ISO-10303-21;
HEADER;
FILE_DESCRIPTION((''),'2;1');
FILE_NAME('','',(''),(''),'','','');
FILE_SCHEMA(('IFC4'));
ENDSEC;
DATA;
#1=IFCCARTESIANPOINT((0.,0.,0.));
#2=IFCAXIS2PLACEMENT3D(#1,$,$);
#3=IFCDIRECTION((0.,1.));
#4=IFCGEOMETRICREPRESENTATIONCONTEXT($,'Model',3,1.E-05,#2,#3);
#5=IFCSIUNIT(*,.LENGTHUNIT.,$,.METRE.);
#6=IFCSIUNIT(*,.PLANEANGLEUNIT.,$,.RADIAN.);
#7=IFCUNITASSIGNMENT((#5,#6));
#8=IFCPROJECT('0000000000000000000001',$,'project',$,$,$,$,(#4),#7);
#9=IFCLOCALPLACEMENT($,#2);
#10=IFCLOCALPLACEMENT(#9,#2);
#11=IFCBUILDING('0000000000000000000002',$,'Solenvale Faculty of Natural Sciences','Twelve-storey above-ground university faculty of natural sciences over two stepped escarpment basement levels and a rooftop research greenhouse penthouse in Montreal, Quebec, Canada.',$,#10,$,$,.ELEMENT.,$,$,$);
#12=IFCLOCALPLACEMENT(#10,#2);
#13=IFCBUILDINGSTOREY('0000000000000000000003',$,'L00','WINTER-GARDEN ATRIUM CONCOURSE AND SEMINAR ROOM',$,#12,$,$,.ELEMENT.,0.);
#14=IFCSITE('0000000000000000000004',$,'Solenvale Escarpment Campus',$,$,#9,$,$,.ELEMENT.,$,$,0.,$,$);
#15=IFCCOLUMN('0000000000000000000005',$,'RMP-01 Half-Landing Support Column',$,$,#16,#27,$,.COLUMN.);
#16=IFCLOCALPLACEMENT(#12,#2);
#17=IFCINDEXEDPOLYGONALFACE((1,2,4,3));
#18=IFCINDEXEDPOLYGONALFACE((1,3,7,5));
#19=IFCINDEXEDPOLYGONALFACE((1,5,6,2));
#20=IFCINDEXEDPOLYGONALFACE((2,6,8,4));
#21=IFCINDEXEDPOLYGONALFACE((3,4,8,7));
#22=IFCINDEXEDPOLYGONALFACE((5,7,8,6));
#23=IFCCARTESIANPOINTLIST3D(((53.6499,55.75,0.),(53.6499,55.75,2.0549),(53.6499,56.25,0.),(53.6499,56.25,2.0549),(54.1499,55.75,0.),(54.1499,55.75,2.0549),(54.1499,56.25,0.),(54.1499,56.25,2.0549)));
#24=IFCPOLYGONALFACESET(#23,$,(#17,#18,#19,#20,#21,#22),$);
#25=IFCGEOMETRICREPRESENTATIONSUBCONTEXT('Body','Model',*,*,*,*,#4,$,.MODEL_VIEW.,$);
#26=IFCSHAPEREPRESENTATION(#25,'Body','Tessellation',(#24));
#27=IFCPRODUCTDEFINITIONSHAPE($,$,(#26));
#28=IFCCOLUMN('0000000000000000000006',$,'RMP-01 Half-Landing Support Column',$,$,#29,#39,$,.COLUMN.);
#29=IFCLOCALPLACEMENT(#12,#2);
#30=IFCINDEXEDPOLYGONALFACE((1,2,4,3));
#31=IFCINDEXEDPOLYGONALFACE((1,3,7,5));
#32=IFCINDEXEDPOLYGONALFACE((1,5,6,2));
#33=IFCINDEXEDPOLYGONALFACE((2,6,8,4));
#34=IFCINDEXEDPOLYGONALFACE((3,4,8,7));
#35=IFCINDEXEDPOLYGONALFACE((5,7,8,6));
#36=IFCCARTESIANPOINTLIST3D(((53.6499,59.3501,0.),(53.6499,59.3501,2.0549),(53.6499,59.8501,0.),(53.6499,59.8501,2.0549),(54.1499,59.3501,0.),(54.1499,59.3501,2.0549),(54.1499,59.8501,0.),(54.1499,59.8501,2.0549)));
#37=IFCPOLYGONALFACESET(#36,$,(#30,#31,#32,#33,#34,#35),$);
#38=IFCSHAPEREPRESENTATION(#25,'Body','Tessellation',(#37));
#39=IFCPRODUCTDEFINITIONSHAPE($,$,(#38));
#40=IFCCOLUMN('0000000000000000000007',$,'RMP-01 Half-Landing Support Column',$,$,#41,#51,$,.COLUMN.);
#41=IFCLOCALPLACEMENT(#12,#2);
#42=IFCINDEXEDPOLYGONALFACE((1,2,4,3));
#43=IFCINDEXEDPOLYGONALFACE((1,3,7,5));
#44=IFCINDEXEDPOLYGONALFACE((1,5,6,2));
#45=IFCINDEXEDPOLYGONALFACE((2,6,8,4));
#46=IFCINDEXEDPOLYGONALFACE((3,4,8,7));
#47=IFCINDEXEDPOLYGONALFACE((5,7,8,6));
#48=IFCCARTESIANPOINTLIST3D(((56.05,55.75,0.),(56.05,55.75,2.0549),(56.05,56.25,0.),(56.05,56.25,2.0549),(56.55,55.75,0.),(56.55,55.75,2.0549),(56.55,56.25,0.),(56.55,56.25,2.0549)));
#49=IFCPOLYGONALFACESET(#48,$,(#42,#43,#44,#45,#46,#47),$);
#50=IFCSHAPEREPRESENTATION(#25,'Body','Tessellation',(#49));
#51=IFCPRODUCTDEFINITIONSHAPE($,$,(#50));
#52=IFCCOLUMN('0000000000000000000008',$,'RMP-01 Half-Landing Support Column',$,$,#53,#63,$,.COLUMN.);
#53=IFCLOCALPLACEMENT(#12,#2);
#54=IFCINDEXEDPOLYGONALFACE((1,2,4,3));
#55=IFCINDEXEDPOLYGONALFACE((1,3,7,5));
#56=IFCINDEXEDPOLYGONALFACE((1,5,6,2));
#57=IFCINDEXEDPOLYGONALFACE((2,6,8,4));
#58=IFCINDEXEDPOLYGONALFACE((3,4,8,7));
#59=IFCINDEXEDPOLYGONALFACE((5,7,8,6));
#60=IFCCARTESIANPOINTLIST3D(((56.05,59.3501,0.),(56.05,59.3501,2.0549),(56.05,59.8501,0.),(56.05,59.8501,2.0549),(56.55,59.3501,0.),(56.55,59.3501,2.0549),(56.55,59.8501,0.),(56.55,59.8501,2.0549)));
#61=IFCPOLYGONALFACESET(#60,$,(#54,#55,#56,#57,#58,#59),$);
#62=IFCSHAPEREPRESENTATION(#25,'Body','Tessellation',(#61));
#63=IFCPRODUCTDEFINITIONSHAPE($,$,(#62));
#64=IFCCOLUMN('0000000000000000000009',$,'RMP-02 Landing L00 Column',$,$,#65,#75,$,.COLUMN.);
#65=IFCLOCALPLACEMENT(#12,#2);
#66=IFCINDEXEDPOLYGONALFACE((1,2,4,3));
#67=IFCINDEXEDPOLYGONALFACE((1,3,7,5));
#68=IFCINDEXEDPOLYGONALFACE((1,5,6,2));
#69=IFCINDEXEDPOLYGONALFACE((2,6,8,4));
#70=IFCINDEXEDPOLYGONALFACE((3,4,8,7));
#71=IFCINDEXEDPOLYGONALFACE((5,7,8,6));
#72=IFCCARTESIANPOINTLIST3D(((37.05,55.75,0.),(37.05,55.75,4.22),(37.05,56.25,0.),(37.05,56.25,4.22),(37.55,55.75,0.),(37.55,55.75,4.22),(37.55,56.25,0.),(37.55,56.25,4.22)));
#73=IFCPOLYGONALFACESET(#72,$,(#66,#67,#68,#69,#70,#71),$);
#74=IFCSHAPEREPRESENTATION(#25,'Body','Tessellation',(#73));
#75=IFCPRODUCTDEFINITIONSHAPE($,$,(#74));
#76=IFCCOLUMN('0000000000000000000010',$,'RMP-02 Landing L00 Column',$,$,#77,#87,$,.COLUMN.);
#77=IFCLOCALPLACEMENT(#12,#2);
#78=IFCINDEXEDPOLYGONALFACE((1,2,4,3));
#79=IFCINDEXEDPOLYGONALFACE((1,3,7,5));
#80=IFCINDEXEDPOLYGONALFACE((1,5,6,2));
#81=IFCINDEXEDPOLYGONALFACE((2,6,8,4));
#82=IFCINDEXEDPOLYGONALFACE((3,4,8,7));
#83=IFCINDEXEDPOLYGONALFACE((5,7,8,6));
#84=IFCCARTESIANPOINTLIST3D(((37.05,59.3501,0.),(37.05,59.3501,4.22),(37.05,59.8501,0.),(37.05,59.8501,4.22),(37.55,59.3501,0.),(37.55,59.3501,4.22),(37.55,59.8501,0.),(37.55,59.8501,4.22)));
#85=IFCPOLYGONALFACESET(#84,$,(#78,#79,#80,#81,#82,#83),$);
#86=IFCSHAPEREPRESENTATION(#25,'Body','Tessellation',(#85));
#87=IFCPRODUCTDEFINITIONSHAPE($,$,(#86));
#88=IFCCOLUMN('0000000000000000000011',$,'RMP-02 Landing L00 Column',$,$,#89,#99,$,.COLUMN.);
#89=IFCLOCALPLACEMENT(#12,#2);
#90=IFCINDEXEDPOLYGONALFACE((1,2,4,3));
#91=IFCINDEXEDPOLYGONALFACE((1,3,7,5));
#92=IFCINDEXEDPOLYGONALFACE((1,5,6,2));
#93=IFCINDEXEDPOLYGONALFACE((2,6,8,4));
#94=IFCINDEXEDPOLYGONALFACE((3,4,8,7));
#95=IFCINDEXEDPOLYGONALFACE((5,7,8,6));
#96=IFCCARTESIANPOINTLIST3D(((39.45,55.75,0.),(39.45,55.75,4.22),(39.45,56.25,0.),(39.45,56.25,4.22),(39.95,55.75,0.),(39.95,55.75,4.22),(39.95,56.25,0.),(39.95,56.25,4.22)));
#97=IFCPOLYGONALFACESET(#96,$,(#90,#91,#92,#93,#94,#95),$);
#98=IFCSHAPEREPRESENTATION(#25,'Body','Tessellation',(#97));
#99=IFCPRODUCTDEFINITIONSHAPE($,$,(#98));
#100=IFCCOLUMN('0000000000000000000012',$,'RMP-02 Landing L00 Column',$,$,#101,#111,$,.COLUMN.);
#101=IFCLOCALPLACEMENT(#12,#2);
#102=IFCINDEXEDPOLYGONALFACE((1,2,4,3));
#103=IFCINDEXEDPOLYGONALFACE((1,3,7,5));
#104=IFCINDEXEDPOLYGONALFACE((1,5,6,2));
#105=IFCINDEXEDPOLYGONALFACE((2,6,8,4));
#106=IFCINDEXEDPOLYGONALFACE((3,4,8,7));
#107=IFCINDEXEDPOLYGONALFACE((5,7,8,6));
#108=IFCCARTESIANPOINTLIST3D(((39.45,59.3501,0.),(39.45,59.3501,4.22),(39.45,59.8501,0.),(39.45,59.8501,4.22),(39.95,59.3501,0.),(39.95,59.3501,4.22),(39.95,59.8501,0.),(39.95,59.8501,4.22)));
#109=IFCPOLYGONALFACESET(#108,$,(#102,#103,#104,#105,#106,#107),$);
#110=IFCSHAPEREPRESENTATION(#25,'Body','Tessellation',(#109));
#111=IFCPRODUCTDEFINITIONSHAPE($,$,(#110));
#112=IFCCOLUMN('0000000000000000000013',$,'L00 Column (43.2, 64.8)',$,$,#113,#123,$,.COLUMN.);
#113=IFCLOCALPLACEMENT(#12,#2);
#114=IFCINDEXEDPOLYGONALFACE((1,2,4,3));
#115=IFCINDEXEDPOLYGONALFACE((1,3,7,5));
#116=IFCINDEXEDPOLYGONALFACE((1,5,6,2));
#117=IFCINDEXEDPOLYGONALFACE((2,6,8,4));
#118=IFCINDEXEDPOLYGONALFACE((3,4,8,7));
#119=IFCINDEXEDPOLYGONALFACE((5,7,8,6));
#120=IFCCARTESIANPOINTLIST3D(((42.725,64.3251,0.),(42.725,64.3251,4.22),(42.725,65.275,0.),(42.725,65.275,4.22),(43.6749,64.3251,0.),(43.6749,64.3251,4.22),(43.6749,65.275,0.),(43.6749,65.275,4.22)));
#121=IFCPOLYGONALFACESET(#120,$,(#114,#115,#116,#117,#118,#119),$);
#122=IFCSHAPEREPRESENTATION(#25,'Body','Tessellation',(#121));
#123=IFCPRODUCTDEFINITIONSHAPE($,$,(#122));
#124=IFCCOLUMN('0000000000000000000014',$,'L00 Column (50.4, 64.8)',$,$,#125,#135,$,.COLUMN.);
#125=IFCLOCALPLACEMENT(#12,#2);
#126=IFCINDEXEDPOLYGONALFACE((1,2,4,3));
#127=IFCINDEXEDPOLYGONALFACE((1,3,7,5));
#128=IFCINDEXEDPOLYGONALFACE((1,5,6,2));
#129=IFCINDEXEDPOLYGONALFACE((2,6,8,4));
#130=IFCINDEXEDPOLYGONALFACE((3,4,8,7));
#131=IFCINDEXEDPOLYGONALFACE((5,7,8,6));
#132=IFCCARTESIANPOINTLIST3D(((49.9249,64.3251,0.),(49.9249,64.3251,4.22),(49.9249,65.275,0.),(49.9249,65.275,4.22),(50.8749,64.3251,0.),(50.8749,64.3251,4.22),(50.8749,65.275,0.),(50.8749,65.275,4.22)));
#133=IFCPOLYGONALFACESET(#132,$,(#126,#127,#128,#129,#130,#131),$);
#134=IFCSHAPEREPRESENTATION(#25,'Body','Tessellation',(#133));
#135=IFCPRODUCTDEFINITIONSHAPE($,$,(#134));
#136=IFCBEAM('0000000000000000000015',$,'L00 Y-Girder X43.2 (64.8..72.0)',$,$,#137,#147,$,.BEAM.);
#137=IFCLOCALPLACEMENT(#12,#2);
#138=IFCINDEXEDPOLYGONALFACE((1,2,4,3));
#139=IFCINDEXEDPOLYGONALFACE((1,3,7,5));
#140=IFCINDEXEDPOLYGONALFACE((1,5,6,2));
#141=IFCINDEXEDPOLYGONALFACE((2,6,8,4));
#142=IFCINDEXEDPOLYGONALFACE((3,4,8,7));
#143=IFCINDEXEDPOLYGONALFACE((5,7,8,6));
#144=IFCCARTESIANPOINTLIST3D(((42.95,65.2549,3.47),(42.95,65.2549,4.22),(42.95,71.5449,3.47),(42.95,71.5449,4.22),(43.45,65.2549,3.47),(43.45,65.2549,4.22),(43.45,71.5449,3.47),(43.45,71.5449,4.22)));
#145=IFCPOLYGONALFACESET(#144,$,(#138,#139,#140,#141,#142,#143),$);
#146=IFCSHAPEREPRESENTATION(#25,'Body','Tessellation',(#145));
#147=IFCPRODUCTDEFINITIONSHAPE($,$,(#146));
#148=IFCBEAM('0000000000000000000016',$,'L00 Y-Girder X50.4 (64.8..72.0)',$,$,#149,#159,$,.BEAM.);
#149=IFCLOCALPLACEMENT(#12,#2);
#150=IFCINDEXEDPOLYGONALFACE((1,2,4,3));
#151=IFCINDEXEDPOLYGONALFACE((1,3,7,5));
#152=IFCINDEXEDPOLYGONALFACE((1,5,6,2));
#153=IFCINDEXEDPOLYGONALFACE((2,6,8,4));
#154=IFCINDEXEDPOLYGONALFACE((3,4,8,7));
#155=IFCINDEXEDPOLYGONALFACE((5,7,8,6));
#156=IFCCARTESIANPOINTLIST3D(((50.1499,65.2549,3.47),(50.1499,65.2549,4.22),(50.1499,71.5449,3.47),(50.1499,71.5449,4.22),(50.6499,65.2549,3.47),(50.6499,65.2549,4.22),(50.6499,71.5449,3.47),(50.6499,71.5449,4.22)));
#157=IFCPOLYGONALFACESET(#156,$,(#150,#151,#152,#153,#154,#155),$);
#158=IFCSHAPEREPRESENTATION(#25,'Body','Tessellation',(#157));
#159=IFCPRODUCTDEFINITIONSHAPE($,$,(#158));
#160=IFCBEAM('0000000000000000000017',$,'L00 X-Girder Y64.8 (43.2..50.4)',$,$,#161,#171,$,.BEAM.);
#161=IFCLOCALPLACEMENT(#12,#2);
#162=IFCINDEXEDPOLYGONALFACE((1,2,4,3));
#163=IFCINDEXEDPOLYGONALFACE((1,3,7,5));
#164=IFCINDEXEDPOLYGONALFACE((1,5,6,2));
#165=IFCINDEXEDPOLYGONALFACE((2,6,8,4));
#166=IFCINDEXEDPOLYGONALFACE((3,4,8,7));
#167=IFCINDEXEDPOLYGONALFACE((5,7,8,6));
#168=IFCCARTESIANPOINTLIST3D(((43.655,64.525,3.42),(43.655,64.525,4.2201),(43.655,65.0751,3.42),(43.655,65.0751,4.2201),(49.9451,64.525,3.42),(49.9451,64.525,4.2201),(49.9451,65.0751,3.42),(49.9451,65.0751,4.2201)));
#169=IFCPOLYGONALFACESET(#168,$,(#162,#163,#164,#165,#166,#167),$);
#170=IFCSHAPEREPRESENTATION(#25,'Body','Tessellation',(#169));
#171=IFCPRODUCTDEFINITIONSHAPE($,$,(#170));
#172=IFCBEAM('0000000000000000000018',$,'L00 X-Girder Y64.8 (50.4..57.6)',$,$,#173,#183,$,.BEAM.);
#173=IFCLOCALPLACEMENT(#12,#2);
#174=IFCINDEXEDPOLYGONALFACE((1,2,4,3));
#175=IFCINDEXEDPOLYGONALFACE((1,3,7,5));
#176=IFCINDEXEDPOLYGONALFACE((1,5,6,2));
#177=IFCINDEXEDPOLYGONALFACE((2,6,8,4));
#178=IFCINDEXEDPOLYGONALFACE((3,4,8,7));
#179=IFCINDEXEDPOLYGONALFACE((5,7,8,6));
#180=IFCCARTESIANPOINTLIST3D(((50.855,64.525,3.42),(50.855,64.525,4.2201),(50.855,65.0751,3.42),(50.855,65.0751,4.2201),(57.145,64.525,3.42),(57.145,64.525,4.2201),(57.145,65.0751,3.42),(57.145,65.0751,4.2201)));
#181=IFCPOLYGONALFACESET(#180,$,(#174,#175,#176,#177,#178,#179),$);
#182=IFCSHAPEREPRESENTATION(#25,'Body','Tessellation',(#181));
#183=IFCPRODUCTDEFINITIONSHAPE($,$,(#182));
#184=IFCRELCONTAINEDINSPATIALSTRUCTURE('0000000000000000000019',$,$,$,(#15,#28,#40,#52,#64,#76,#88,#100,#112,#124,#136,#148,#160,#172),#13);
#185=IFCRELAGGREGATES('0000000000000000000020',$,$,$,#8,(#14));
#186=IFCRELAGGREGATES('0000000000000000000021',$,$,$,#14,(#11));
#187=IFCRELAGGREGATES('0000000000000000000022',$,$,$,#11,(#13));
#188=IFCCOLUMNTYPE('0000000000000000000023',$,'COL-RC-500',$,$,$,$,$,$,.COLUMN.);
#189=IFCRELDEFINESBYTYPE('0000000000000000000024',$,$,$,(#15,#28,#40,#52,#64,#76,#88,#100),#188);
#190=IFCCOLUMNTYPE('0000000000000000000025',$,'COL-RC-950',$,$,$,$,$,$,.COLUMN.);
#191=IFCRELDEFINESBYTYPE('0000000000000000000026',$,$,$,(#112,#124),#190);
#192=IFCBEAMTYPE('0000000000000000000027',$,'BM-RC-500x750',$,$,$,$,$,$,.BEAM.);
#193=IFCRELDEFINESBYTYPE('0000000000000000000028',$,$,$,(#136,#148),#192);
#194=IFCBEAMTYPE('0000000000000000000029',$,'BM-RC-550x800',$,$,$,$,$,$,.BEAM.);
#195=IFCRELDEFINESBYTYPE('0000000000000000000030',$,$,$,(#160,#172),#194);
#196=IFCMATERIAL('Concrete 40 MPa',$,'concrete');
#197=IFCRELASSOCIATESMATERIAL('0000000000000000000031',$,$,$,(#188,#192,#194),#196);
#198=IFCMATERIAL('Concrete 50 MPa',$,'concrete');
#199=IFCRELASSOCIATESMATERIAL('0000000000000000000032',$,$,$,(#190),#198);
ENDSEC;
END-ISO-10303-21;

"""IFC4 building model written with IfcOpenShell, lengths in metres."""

from ifc_helpers import new_model, si_unit, direction, frame, origin, origin_2d, place, context, subcontext, project, spatial, rectangle, extrude, material, material_profile, profile_set, type_object, element, save


model = new_model("IFC4")

# Units and contexts
model_context = context("Model", 3, precision=1e-05, world=origin(), true_north=direction((0.0, 1.0)))
body_context = subcontext(model_context, "Body", "Model", "MODEL_VIEW")
ifc_project = project(units=[si_unit("LENGTHUNIT", "METRE"), si_unit("PLANEANGLEUNIT", "RADIAN")], contexts=[model_context])

# Site, building, storey
site_placement = place(None, origin())
site = spatial("IfcSite", under=ifc_project, at=site_placement, Name="Solenvale Escarpment Campus", CompositionType="ELEMENT", RefElevation=0.0)
building_placement = place(site_placement, origin())
building = spatial("IfcBuilding", under=site, at=building_placement, Name="Solenvale Faculty of Natural Sciences", Description="Twelve-storey above-ground university faculty of natural sciences over two stepped escarpment basement levels and a rooftop research greenhouse penthouse in Montreal, Quebec, Canada.", CompositionType="ELEMENT")
storey_placement = place(building_placement, origin())
storey = spatial("IfcBuildingStorey", under=building, at=storey_placement, Name="L00", Description="WINTER-GARDEN ATRIUM CONCOURSE AND SEMINAR ROOM", CompositionType="ELEMENT", Elevation=0.0)

# Columns
ifc_material_1 = material(Name="Concrete 40 MPa", Category="concrete")
ifc_material_profile_1 = material_profile(ifc_material_1, rectangle(XDim=0.5, YDim=0.5, at=origin_2d()), Name="RC-COL-500x500")
ifc_profile_set_1 = profile_set([ifc_material_profile_1], Name="Concrete 40 MPa")
column_type_1 = type_object("IfcColumnType", Name="COL-RC-500", PredefinedType="COLUMN", material=ifc_profile_set_1)
for number, where, z_axis, x_axis, name in (
    (1, (53.8999, 56.0, 0.0), (0.0, 0.0, 1.0), (1.0, 0.0, 0.0), "RMP-01 Half-Landing Support Column"),
    (2, (53.8999, 59.6001, 0.0), (0.0, 0.0, 1.0), (1.0, 0.0, 0.0), "RMP-01 Half-Landing Support Column"),
    (3, (56.3, 56.0, 0.0), (0.0, 0.0, 1.0), (1.0, 0.0, 0.0), "RMP-01 Half-Landing Support Column"),
    (4, (56.3, 59.6001, 0.0), (0.0, 0.0, 1.0), (1.0, 0.0, 0.0), "RMP-01 Half-Landing Support Column"),
):
    element("IfcColumn", number, at=place(storey_placement, frame(where, z_axis=z_axis, x_axis=x_axis)), inside=storey, type_object=column_type_1, Name=name, PredefinedType="COLUMN", context=body_context, shape_type="SweptSolid", body=[
        extrude(rectangle(XDim=0.5, YDim=0.5, at=origin_2d()), origin(), (0.0, 0.0, 1.0), 2.0549),
    ])
for number, where, z_axis, x_axis, name in (
    (5, (37.3, 56.0, 0.0), (0.0, 0.0, 1.0), (1.0, 0.0, 0.0), "RMP-02 Landing L00 Column"),
    (6, (37.3, 59.6001, 0.0), (0.0, 0.0, 1.0), (1.0, 0.0, 0.0), "RMP-02 Landing L00 Column"),
    (7, (39.7, 56.0, 0.0), (0.0, 0.0, 1.0), (1.0, 0.0, 0.0), "RMP-02 Landing L00 Column"),
    (8, (39.7, 59.6001, 0.0), (0.0, 0.0, 1.0), (1.0, 0.0, 0.0), "RMP-02 Landing L00 Column"),
):
    element("IfcColumn", number, at=place(storey_placement, frame(where, z_axis=z_axis, x_axis=x_axis)), inside=storey, type_object=column_type_1, Name=name, PredefinedType="COLUMN", context=body_context, shape_type="SweptSolid", body=[
        extrude(rectangle(XDim=0.5, YDim=0.5, at=origin_2d()), origin(), (0.0, 0.0, 1.0), 4.22),
    ])
ifc_material_2 = material(Name="Concrete 50 MPa", Category="concrete")
ifc_material_profile_2 = material_profile(ifc_material_2, rectangle(XDim=0.95, YDim=0.95, at=origin_2d()), Name="RC-COL-950x950")
ifc_profile_set_2 = profile_set([ifc_material_profile_2], Name="Concrete 50 MPa")
column_type_2 = type_object("IfcColumnType", Name="COL-RC-950", PredefinedType="COLUMN", material=ifc_profile_set_2)
for number, where, z_axis, x_axis, name in (
    (9, (43.2, 64.8, 0.0), (0.0, 0.0, 1.0), (1.0, 0.0, 0.0), "L00 Column (43.2, 64.8)"),
    (10, (50.3999, 64.8, 0.0), (0.0, 0.0, 1.0), (1.0, 0.0, 0.0), "L00 Column (50.4, 64.8)"),
):
    element("IfcColumn", number, at=place(storey_placement, frame(where, z_axis=z_axis, x_axis=x_axis)), inside=storey, type_object=column_type_2, Name=name, PredefinedType="COLUMN", context=body_context, shape_type="SweptSolid", body=[
        extrude(rectangle(XDim=0.95, YDim=0.95, at=origin_2d()), origin(), (0.0, 0.0, 1.0), 4.22),
    ])

# Beams
ifc_material_profile_3 = material_profile(ifc_material_1, rectangle(XDim=0.5, YDim=0.75, at=origin_2d()), Name="RC-BM-500x750")
ifc_profile_set_3 = profile_set([ifc_material_profile_3], Name="Concrete 40 MPa")
beam_type_1 = type_object("IfcBeamType", Name="BM-RC-500x750", PredefinedType="BEAM", material=ifc_profile_set_3)
for number, where, z_axis, x_axis, name in (
    (11, (43.2, 65.2549, 3.845), (0.0, 1.0, 0.0), (-1.0, 0.0, 0.0), "L00 Y-Girder X43.2 (64.8..72.0)"),
    (12, (50.3999, 65.2549, 3.845), (0.0, 1.0, 0.0), (-1.0, 0.0, 0.0), "L00 Y-Girder X50.4 (64.8..72.0)"),
):
    element("IfcBeam", number, at=place(storey_placement, frame(where, z_axis=z_axis, x_axis=x_axis)), inside=storey, type_object=beam_type_1, Name=name, PredefinedType="BEAM", context=body_context, shape_type="SweptSolid", body=[
        extrude(rectangle(XDim=0.5, YDim=0.75, at=origin_2d()), origin(), (0.0, 0.0, 1.0), 6.29),
    ])
ifc_material_profile_4 = material_profile(ifc_material_1, rectangle(XDim=0.55, YDim=0.8, at=origin_2d()), Name="RC-BM-550x800")
ifc_profile_set_4 = profile_set([ifc_material_profile_4], Name="Concrete 40 MPa")
beam_type_2 = type_object("IfcBeamType", Name="BM-RC-550x800", PredefinedType="BEAM", material=ifc_profile_set_4)
for number, where, z_axis, x_axis, name in (
    (13, (43.655, 64.8, 3.8201), (1.0, 0.0, 0.0), (0.0, 1.0, 0.0), "L00 X-Girder Y64.8 (43.2..50.4)"),
    (14, (50.855, 64.8, 3.8201), (1.0, 0.0, 0.0), (0.0, 1.0, 0.0), "L00 X-Girder Y64.8 (50.4..57.6)"),
):
    element("IfcBeam", number, at=place(storey_placement, frame(where, z_axis=z_axis, x_axis=x_axis)), inside=storey, type_object=beam_type_2, Name=name, PredefinedType="BEAM", context=body_context, shape_type="SweptSolid", body=[
        extrude(rectangle(XDim=0.55, YDim=0.8, at=origin_2d()), origin(), (0.0, 0.0, 1.0), 6.29),
    ])

save(model, "model.ifc")
